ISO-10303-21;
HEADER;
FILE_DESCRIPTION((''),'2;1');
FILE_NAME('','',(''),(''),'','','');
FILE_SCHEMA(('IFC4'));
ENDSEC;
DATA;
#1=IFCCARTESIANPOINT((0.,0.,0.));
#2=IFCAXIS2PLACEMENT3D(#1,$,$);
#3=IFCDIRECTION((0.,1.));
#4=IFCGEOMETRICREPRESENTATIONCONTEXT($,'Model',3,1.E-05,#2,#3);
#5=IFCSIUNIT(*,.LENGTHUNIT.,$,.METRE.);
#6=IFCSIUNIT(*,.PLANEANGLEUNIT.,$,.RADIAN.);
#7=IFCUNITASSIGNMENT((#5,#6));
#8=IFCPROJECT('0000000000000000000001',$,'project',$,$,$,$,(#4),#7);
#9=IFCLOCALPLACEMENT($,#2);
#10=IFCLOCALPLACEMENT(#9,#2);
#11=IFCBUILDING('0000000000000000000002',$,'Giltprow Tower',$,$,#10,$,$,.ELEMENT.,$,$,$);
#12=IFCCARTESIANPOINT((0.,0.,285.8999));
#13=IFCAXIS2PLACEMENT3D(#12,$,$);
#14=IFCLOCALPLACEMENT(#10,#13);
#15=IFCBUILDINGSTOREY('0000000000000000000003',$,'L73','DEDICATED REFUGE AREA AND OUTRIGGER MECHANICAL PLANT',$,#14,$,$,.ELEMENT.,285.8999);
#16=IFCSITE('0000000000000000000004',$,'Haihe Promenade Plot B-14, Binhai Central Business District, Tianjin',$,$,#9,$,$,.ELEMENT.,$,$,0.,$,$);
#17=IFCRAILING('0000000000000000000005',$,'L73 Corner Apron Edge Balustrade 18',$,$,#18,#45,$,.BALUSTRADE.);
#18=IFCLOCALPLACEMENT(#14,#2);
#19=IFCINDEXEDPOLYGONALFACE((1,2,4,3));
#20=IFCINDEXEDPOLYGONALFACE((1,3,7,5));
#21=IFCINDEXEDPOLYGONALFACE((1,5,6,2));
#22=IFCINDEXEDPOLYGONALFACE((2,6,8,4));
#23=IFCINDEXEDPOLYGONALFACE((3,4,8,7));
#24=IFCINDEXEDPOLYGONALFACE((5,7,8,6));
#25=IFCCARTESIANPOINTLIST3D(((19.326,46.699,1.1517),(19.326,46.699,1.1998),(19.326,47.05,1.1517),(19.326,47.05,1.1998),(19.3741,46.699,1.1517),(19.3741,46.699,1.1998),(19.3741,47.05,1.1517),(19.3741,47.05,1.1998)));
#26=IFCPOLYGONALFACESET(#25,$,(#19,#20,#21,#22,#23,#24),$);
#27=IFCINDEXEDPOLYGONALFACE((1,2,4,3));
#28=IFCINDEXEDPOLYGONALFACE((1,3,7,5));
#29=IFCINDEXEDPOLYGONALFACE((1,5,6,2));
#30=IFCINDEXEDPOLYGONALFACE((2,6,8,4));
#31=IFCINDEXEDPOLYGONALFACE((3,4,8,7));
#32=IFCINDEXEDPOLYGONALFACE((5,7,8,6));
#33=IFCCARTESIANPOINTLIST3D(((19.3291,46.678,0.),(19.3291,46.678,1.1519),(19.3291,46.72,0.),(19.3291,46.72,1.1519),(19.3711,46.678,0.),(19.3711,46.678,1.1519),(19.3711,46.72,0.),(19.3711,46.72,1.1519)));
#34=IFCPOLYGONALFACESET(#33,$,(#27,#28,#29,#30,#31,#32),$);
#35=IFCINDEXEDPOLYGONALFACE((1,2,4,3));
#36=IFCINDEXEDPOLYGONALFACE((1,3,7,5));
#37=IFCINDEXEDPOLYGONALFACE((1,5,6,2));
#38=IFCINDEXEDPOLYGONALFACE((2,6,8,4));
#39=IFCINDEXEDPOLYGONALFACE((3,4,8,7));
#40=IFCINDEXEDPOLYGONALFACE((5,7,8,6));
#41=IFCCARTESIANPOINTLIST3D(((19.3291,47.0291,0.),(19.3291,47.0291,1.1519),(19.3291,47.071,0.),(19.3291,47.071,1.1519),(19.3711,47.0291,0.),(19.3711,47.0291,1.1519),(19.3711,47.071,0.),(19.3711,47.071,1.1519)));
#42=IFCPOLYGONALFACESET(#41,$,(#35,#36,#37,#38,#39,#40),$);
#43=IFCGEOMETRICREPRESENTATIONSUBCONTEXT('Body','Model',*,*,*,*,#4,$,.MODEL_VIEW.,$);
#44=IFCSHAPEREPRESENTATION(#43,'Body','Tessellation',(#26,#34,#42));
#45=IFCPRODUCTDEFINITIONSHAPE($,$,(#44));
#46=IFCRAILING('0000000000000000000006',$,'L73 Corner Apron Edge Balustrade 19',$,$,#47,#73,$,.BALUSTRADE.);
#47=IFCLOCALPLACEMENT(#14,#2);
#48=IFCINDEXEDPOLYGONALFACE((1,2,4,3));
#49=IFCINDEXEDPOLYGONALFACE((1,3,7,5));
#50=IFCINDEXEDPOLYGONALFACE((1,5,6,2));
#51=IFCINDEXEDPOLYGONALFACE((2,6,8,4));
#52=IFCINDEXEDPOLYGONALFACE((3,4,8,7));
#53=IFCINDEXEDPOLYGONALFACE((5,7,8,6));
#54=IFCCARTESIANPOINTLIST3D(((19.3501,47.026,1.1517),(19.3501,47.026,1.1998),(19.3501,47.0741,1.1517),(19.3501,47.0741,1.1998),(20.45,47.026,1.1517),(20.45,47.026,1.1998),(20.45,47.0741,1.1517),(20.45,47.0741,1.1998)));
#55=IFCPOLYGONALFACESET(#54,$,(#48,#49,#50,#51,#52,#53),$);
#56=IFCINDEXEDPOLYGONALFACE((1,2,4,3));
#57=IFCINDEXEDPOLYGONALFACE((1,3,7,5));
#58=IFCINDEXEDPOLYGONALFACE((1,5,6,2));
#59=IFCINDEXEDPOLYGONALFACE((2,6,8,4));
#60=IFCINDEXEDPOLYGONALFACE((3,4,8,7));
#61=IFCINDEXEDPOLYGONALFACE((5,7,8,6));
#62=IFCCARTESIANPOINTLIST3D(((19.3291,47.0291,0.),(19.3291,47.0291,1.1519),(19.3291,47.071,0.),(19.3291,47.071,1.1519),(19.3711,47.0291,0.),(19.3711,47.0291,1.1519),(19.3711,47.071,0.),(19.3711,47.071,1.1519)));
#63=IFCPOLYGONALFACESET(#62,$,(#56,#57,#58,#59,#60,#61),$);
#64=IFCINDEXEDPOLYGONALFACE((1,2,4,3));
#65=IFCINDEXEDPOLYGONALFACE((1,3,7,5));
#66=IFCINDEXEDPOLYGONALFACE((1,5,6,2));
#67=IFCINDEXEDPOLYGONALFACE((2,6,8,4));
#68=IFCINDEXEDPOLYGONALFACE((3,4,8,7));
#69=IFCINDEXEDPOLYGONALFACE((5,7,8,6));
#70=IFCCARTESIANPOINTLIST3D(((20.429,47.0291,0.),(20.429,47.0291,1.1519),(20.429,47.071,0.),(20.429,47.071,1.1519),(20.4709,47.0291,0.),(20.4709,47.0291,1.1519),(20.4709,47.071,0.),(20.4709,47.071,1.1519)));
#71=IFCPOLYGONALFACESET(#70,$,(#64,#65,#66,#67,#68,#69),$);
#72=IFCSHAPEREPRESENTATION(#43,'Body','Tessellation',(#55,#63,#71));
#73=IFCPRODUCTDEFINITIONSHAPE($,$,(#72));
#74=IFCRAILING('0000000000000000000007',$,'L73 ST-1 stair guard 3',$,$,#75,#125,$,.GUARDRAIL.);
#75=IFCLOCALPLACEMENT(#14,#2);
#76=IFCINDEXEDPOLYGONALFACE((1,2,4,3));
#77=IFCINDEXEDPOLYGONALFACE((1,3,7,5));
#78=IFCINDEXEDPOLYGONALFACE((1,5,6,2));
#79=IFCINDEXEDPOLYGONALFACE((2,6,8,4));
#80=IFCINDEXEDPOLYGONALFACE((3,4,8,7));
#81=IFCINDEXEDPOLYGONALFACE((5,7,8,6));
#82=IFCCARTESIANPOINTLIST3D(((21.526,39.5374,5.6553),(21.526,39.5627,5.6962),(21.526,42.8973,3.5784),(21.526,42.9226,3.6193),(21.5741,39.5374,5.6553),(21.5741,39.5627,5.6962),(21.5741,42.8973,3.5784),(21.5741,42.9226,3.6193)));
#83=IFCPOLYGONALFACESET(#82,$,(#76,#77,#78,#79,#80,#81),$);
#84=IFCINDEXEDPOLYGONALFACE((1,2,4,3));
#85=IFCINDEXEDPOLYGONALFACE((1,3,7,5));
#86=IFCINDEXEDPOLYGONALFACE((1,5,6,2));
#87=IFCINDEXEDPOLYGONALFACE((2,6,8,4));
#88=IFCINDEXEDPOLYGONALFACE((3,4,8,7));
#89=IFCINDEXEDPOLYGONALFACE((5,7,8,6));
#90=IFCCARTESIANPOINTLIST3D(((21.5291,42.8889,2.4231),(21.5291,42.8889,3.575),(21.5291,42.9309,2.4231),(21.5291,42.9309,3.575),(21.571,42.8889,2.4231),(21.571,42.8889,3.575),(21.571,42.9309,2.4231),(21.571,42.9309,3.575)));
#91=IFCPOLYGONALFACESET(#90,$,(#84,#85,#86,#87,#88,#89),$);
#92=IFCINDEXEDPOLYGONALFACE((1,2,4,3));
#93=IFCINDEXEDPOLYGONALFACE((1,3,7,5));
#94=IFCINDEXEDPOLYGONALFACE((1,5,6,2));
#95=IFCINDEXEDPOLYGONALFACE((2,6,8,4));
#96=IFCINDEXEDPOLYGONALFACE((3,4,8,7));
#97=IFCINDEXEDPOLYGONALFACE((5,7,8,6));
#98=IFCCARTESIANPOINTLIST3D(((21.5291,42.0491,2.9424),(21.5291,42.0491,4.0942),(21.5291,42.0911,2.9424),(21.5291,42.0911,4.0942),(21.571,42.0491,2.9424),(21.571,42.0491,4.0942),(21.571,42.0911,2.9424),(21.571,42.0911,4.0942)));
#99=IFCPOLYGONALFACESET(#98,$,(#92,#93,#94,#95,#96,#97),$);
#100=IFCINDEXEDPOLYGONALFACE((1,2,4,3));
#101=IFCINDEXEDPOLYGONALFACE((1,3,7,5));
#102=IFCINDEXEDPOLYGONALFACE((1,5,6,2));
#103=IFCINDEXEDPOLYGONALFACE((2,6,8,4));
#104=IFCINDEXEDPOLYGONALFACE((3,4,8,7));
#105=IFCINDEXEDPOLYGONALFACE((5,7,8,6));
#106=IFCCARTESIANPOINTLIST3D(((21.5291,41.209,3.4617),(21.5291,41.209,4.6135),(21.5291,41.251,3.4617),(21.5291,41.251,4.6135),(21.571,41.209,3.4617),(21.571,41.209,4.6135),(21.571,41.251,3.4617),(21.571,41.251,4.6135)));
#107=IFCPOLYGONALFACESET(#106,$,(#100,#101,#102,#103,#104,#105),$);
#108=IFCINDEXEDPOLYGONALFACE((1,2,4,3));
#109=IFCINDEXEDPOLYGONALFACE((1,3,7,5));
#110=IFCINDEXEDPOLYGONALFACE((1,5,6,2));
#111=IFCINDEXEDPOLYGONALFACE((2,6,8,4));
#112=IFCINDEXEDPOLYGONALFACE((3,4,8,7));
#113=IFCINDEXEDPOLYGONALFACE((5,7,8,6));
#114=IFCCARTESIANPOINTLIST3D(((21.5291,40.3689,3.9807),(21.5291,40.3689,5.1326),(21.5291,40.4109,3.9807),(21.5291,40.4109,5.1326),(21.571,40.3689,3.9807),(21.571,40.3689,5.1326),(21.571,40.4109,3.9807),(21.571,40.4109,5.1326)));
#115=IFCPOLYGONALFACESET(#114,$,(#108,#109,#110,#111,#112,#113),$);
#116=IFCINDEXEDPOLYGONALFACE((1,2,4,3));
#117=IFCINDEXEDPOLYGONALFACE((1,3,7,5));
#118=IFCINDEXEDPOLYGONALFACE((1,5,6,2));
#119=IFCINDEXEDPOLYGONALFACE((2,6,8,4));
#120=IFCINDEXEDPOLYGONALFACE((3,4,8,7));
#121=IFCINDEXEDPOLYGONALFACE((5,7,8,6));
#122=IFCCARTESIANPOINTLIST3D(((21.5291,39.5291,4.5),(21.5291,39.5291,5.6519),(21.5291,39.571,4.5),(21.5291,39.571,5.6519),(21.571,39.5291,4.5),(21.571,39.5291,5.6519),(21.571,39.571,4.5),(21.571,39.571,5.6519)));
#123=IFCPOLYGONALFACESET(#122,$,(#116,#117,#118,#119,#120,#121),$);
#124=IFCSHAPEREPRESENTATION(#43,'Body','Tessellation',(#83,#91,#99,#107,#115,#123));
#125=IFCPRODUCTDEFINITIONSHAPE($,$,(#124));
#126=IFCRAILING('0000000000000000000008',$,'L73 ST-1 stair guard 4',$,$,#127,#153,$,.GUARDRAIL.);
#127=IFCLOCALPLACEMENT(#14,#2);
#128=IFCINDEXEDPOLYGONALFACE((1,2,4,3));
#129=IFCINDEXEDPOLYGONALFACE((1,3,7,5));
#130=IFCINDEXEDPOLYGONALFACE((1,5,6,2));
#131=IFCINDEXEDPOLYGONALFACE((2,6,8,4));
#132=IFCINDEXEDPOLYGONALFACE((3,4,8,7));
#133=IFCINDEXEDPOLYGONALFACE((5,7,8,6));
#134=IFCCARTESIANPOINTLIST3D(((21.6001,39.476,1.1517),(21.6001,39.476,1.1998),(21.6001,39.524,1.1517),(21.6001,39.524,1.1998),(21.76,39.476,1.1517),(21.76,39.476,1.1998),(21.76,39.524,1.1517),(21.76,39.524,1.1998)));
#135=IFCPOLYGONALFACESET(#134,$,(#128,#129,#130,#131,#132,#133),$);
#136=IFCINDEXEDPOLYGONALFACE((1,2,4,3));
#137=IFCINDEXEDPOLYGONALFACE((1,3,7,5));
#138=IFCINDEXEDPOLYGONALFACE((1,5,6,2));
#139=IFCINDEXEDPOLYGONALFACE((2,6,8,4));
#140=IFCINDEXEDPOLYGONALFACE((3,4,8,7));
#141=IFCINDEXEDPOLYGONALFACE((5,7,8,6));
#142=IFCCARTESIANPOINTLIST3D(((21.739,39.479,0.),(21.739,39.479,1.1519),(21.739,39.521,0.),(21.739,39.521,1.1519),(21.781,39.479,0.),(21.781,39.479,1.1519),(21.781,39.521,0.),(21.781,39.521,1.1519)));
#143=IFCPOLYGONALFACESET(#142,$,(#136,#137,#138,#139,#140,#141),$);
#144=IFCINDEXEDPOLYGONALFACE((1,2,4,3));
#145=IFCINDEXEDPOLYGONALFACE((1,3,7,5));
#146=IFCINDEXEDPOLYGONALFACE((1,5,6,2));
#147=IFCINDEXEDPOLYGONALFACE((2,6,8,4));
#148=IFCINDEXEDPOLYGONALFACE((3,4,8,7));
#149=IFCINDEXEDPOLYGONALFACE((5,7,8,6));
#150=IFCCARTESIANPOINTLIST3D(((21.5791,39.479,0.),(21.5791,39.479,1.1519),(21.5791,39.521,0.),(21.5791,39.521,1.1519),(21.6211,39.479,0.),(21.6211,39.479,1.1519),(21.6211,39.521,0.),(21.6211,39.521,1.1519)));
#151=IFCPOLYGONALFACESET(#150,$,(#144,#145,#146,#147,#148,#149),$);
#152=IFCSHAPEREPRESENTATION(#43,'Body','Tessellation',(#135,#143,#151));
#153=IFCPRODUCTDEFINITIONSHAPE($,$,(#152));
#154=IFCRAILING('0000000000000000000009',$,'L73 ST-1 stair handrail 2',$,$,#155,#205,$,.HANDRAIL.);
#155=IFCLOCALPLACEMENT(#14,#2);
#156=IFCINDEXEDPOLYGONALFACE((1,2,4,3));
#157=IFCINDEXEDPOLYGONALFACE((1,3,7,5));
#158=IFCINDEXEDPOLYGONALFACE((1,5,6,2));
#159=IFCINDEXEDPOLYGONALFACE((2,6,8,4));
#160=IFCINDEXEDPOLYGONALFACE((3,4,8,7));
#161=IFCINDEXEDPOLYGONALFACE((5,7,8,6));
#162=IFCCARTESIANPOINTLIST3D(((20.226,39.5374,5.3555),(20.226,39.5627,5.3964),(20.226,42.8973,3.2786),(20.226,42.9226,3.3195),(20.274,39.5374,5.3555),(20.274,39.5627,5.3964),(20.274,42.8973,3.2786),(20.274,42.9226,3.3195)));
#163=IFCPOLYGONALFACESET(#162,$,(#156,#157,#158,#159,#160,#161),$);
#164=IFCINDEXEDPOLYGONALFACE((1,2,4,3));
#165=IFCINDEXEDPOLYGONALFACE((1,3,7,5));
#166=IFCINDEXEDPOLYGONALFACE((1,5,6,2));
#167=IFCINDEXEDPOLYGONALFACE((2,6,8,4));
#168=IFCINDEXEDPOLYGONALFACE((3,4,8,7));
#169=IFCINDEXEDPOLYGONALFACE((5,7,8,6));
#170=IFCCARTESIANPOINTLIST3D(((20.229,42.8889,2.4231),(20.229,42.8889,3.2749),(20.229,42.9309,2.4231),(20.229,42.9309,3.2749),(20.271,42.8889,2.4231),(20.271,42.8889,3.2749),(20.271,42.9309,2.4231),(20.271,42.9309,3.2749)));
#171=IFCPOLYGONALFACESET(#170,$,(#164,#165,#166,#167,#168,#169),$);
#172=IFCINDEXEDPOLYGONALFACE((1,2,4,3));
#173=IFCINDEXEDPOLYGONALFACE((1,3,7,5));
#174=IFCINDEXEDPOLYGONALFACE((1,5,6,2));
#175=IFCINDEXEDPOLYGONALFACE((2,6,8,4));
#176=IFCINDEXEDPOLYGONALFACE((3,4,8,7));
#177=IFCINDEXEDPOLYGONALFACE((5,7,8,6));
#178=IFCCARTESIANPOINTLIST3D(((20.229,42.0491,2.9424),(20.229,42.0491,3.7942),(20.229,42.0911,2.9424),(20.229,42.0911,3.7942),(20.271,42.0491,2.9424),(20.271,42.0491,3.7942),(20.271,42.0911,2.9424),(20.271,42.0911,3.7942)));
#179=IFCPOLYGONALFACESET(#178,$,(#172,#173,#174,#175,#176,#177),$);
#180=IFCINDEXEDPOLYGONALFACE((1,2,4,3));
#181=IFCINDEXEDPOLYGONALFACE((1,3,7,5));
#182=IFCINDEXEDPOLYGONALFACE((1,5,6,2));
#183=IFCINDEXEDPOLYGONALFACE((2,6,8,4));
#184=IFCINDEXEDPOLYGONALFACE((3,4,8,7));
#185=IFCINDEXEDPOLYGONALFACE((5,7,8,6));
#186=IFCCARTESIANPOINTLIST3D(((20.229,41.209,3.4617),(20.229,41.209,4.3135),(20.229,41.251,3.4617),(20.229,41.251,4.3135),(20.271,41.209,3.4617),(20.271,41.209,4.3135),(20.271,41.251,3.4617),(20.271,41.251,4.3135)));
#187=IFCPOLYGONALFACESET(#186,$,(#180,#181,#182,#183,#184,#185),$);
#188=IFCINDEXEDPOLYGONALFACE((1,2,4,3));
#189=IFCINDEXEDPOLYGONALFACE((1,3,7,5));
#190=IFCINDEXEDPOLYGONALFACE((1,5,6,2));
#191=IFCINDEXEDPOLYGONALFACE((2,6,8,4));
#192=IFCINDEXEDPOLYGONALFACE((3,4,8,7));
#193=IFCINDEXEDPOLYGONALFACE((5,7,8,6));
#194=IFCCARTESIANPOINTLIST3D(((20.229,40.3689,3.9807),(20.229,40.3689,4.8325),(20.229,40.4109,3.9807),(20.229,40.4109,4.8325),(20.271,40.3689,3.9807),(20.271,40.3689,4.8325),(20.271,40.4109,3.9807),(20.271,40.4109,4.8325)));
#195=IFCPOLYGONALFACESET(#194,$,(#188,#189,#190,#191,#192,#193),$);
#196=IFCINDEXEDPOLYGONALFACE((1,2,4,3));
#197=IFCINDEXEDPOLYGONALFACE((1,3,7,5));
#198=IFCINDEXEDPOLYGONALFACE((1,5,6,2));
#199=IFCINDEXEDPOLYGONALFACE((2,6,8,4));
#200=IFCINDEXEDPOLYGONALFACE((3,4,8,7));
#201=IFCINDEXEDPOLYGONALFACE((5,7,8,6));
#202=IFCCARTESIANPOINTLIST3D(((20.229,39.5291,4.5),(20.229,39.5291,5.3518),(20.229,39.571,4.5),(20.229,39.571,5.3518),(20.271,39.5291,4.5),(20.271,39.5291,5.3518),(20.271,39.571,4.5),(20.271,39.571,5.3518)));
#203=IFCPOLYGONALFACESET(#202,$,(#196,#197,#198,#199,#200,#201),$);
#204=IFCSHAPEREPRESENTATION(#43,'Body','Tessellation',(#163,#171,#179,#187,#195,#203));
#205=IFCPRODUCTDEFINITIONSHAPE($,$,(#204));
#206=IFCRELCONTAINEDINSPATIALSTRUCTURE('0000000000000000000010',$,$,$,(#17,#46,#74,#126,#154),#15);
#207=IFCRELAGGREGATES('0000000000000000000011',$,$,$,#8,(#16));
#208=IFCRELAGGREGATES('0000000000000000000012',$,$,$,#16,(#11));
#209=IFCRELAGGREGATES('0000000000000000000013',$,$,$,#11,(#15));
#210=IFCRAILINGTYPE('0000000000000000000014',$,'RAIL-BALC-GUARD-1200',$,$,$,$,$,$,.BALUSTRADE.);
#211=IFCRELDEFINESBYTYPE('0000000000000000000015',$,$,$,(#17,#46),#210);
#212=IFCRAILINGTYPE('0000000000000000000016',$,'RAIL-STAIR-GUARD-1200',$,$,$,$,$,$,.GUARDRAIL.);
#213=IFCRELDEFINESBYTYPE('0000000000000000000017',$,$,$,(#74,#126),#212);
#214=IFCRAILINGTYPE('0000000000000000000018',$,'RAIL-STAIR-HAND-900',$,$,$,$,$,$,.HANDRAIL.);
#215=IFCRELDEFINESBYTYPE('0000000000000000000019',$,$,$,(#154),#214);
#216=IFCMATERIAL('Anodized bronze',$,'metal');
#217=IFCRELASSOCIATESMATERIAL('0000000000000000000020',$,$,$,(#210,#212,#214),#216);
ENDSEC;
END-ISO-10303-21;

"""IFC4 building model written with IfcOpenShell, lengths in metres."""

from ifc_helpers import new_model, si_unit, direction, frame, origin, origin_2d, place, context, subcontext, project, spatial, rectangle, extrude, material, type_object, element, save


model = new_model("IFC4")

# Units and contexts
model_context = context("Model", 3, precision=1e-05, world=origin(), true_north=direction((0.0, 1.0)))
body_context = subcontext(model_context, "Body", "Model", "MODEL_VIEW")
ifc_project = project(units=[si_unit("LENGTHUNIT", "METRE"), si_unit("PLANEANGLEUNIT", "RADIAN")], contexts=[model_context])

# Site, building, storey
site_placement = place(None, origin())
site = spatial("IfcSite", under=ifc_project, at=site_placement, Name="Haihe Promenade Plot B-14, Binhai Central Business District, Tianjin", CompositionType="ELEMENT", RefElevation=0.0)
building_placement = place(site_placement, origin())
building = spatial("IfcBuilding", under=site, at=building_placement, Name="Giltprow Tower", CompositionType="ELEMENT")
storey_placement = place(building_placement, frame((0.0, 0.0, 285.8999)))
storey = spatial("IfcBuildingStorey", under=building, at=storey_placement, Name="L73", Description="DEDICATED REFUGE AREA AND OUTRIGGER MECHANICAL PLANT", CompositionType="ELEMENT", Elevation=285.8999)

# Railings
ifc_material_1 = material(Name="Anodized bronze", Category="metal")
railing_type_1 = type_object("IfcRailingType", Name="RAIL-BALC-GUARD-1200", PredefinedType="BALUSTRADE", material=ifc_material_1)
railing_1_placement = place(storey_placement, frame((19.3501, 46.699, 0.0)))
element("IfcRailing", 1, at=railing_1_placement, inside=storey, type_object=railing_type_1, Name="L73 Corner Apron Edge Balustrade 18", PredefinedType="BALUSTRADE", context=body_context, shape_type="SweptSolid", body=[
    extrude(rectangle(XDim=0.0481, YDim=0.0481, at=origin_2d()), frame((0.0, 0.0, 1.1758), z_axis=(0.0, 1.0, 0.0), x_axis=(-1.0, 0.0, 0.0)), (0.0, 0.0, 1.0), 0.3511),
    extrude(rectangle(XDim=0.042, YDim=0.042, at=origin_2d()), origin(), (0.0, 0.0, 1.0), 1.1519),
    extrude(rectangle(XDim=0.042, YDim=0.042, at=origin_2d()), frame((0.0, 0.3511, 0.0)), (0.0, 0.0, 1.0), 1.1519),
])
railing_2_placement = place(storey_placement, frame((19.3501, 47.05, 0.0)))
element("IfcRailing", 2, at=railing_2_placement, inside=storey, type_object=railing_type_1, Name="L73 Corner Apron Edge Balustrade 19", PredefinedType="BALUSTRADE", context=body_context, shape_type="SweptSolid", body=[
    extrude(rectangle(XDim=0.0481, YDim=0.0481, at=origin_2d()), frame((0.0, 0.0, 1.1758), z_axis=(1.0, 0.0, 0.0), x_axis=(0.0, 1.0, 0.0)), (0.0, 0.0, 1.0), 1.0999),
    extrude(rectangle(XDim=0.042, YDim=0.042, at=origin_2d()), origin(), (0.0, 0.0, 1.0), 1.1519),
    extrude(rectangle(XDim=0.042, YDim=0.042, at=origin_2d()), frame((1.0999, 0.0, 0.0)), (0.0, 0.0, 1.0), 1.1519),
])
railing_type_2 = type_object("IfcRailingType", Name="RAIL-STAIR-GUARD-1200", PredefinedType="GUARDRAIL", material=ifc_material_1)
railing_3_placement = place(storey_placement, frame((21.55, 42.9099, 2.4231)))
element("IfcRailing", 3, at=railing_3_placement, inside=storey, type_object=railing_type_2, Name="L73 ST-1 stair guard 3", PredefinedType="GUARDRAIL", context=body_context, shape_type="SweptSolid", body=[
    extrude(rectangle(XDim=0.0481, YDim=0.0481, at=origin_2d()), frame((0.0, 0.0, 1.1758), z_axis=(0.0, -0.850606, 0.525803), x_axis=(1.0, 0.0, 0.0)), (0.0, 0.0, 1.0), 3.95),
    extrude(rectangle(XDim=0.042, YDim=0.042, at=origin_2d()), origin(), (0.0, 0.0, 1.0), 1.1519),
    extrude(rectangle(XDim=0.042, YDim=0.042, at=origin_2d()), frame((0.0, -0.8398, 0.5193)), (0.0, 0.0, 1.0), 1.1519),
    extrude(rectangle(XDim=0.042, YDim=0.042, at=origin_2d()), frame((0.0, -1.6799, 1.0386)), (0.0, 0.0, 1.0), 1.1519),
    extrude(rectangle(XDim=0.042, YDim=0.042, at=origin_2d()), frame((0.0, -2.52, 1.5576)), (0.0, 0.0, 1.0), 1.1519),
    extrude(rectangle(XDim=0.042, YDim=0.042, at=origin_2d()), frame((0.0, -3.3599, 2.0769)), (0.0, 0.0, 1.0), 1.1519),
])
railing_4_placement = place(storey_placement, frame((21.76, 39.5, 0.0)))
element("IfcRailing", 4, at=railing_4_placement, inside=storey, type_object=railing_type_2, Name="L73 ST-1 stair guard 4", PredefinedType="GUARDRAIL", context=body_context, shape_type="SweptSolid", body=[
    extrude(rectangle(XDim=0.0481, YDim=0.0481, at=origin_2d()), frame((0.0, 0.0, 1.1758), z_axis=(-1.0, 0.0, 0.0), x_axis=(0.0, -1.0, 0.0)), (0.0, 0.0, 1.0), 0.1599),
    extrude(rectangle(XDim=0.042, YDim=0.042, at=origin_2d()), origin(), (0.0, 0.0, 1.0), 1.1519),
    extrude(rectangle(XDim=0.042, YDim=0.042, at=origin_2d()), frame((-0.1599, 0.0, 0.0)), (0.0, 0.0, 1.0), 1.1519),
])
railing_type_3 = type_object("IfcRailingType", Name="RAIL-STAIR-HAND-900", PredefinedType="HANDRAIL", material=ifc_material_1)
railing_5_placement = place(storey_placement, frame((20.25, 42.9099, 2.4231)))
element("IfcRailing", 5, at=railing_5_placement, inside=storey, type_object=railing_type_3, Name="L73 ST-1 stair handrail 2", PredefinedType="HANDRAIL", context=body_context, shape_type="SweptSolid", body=[
    extrude(rectangle(XDim=0.0481, YDim=0.0481, at=origin_2d()), frame((0.0, 0.0, 0.876), z_axis=(0.0, -0.850606, 0.525803), x_axis=(1.0, 0.0, 0.0)), (0.0, 0.0, 1.0), 3.95),
    extrude(rectangle(XDim=0.042, YDim=0.042, at=origin_2d()), origin(), (0.0, 0.0, 1.0), 0.8518),
    extrude(rectangle(XDim=0.042, YDim=0.042, at=origin_2d()), frame((0.0, -0.8398, 0.5193)), (0.0, 0.0, 1.0), 0.8518),
    extrude(rectangle(XDim=0.042, YDim=0.042, at=origin_2d()), frame((0.0, -1.6799, 1.0386)), (0.0, 0.0, 1.0), 0.8518),
    extrude(rectangle(XDim=0.042, YDim=0.042, at=origin_2d()), frame((0.0, -2.52, 1.5576)), (0.0, 0.0, 1.0), 0.8518),
    extrude(rectangle(XDim=0.042, YDim=0.042, at=origin_2d()), frame((0.0, -3.3599, 2.0769)), (0.0, 0.0, 1.0), 0.8518),
])

save(model, "model.ifc")
